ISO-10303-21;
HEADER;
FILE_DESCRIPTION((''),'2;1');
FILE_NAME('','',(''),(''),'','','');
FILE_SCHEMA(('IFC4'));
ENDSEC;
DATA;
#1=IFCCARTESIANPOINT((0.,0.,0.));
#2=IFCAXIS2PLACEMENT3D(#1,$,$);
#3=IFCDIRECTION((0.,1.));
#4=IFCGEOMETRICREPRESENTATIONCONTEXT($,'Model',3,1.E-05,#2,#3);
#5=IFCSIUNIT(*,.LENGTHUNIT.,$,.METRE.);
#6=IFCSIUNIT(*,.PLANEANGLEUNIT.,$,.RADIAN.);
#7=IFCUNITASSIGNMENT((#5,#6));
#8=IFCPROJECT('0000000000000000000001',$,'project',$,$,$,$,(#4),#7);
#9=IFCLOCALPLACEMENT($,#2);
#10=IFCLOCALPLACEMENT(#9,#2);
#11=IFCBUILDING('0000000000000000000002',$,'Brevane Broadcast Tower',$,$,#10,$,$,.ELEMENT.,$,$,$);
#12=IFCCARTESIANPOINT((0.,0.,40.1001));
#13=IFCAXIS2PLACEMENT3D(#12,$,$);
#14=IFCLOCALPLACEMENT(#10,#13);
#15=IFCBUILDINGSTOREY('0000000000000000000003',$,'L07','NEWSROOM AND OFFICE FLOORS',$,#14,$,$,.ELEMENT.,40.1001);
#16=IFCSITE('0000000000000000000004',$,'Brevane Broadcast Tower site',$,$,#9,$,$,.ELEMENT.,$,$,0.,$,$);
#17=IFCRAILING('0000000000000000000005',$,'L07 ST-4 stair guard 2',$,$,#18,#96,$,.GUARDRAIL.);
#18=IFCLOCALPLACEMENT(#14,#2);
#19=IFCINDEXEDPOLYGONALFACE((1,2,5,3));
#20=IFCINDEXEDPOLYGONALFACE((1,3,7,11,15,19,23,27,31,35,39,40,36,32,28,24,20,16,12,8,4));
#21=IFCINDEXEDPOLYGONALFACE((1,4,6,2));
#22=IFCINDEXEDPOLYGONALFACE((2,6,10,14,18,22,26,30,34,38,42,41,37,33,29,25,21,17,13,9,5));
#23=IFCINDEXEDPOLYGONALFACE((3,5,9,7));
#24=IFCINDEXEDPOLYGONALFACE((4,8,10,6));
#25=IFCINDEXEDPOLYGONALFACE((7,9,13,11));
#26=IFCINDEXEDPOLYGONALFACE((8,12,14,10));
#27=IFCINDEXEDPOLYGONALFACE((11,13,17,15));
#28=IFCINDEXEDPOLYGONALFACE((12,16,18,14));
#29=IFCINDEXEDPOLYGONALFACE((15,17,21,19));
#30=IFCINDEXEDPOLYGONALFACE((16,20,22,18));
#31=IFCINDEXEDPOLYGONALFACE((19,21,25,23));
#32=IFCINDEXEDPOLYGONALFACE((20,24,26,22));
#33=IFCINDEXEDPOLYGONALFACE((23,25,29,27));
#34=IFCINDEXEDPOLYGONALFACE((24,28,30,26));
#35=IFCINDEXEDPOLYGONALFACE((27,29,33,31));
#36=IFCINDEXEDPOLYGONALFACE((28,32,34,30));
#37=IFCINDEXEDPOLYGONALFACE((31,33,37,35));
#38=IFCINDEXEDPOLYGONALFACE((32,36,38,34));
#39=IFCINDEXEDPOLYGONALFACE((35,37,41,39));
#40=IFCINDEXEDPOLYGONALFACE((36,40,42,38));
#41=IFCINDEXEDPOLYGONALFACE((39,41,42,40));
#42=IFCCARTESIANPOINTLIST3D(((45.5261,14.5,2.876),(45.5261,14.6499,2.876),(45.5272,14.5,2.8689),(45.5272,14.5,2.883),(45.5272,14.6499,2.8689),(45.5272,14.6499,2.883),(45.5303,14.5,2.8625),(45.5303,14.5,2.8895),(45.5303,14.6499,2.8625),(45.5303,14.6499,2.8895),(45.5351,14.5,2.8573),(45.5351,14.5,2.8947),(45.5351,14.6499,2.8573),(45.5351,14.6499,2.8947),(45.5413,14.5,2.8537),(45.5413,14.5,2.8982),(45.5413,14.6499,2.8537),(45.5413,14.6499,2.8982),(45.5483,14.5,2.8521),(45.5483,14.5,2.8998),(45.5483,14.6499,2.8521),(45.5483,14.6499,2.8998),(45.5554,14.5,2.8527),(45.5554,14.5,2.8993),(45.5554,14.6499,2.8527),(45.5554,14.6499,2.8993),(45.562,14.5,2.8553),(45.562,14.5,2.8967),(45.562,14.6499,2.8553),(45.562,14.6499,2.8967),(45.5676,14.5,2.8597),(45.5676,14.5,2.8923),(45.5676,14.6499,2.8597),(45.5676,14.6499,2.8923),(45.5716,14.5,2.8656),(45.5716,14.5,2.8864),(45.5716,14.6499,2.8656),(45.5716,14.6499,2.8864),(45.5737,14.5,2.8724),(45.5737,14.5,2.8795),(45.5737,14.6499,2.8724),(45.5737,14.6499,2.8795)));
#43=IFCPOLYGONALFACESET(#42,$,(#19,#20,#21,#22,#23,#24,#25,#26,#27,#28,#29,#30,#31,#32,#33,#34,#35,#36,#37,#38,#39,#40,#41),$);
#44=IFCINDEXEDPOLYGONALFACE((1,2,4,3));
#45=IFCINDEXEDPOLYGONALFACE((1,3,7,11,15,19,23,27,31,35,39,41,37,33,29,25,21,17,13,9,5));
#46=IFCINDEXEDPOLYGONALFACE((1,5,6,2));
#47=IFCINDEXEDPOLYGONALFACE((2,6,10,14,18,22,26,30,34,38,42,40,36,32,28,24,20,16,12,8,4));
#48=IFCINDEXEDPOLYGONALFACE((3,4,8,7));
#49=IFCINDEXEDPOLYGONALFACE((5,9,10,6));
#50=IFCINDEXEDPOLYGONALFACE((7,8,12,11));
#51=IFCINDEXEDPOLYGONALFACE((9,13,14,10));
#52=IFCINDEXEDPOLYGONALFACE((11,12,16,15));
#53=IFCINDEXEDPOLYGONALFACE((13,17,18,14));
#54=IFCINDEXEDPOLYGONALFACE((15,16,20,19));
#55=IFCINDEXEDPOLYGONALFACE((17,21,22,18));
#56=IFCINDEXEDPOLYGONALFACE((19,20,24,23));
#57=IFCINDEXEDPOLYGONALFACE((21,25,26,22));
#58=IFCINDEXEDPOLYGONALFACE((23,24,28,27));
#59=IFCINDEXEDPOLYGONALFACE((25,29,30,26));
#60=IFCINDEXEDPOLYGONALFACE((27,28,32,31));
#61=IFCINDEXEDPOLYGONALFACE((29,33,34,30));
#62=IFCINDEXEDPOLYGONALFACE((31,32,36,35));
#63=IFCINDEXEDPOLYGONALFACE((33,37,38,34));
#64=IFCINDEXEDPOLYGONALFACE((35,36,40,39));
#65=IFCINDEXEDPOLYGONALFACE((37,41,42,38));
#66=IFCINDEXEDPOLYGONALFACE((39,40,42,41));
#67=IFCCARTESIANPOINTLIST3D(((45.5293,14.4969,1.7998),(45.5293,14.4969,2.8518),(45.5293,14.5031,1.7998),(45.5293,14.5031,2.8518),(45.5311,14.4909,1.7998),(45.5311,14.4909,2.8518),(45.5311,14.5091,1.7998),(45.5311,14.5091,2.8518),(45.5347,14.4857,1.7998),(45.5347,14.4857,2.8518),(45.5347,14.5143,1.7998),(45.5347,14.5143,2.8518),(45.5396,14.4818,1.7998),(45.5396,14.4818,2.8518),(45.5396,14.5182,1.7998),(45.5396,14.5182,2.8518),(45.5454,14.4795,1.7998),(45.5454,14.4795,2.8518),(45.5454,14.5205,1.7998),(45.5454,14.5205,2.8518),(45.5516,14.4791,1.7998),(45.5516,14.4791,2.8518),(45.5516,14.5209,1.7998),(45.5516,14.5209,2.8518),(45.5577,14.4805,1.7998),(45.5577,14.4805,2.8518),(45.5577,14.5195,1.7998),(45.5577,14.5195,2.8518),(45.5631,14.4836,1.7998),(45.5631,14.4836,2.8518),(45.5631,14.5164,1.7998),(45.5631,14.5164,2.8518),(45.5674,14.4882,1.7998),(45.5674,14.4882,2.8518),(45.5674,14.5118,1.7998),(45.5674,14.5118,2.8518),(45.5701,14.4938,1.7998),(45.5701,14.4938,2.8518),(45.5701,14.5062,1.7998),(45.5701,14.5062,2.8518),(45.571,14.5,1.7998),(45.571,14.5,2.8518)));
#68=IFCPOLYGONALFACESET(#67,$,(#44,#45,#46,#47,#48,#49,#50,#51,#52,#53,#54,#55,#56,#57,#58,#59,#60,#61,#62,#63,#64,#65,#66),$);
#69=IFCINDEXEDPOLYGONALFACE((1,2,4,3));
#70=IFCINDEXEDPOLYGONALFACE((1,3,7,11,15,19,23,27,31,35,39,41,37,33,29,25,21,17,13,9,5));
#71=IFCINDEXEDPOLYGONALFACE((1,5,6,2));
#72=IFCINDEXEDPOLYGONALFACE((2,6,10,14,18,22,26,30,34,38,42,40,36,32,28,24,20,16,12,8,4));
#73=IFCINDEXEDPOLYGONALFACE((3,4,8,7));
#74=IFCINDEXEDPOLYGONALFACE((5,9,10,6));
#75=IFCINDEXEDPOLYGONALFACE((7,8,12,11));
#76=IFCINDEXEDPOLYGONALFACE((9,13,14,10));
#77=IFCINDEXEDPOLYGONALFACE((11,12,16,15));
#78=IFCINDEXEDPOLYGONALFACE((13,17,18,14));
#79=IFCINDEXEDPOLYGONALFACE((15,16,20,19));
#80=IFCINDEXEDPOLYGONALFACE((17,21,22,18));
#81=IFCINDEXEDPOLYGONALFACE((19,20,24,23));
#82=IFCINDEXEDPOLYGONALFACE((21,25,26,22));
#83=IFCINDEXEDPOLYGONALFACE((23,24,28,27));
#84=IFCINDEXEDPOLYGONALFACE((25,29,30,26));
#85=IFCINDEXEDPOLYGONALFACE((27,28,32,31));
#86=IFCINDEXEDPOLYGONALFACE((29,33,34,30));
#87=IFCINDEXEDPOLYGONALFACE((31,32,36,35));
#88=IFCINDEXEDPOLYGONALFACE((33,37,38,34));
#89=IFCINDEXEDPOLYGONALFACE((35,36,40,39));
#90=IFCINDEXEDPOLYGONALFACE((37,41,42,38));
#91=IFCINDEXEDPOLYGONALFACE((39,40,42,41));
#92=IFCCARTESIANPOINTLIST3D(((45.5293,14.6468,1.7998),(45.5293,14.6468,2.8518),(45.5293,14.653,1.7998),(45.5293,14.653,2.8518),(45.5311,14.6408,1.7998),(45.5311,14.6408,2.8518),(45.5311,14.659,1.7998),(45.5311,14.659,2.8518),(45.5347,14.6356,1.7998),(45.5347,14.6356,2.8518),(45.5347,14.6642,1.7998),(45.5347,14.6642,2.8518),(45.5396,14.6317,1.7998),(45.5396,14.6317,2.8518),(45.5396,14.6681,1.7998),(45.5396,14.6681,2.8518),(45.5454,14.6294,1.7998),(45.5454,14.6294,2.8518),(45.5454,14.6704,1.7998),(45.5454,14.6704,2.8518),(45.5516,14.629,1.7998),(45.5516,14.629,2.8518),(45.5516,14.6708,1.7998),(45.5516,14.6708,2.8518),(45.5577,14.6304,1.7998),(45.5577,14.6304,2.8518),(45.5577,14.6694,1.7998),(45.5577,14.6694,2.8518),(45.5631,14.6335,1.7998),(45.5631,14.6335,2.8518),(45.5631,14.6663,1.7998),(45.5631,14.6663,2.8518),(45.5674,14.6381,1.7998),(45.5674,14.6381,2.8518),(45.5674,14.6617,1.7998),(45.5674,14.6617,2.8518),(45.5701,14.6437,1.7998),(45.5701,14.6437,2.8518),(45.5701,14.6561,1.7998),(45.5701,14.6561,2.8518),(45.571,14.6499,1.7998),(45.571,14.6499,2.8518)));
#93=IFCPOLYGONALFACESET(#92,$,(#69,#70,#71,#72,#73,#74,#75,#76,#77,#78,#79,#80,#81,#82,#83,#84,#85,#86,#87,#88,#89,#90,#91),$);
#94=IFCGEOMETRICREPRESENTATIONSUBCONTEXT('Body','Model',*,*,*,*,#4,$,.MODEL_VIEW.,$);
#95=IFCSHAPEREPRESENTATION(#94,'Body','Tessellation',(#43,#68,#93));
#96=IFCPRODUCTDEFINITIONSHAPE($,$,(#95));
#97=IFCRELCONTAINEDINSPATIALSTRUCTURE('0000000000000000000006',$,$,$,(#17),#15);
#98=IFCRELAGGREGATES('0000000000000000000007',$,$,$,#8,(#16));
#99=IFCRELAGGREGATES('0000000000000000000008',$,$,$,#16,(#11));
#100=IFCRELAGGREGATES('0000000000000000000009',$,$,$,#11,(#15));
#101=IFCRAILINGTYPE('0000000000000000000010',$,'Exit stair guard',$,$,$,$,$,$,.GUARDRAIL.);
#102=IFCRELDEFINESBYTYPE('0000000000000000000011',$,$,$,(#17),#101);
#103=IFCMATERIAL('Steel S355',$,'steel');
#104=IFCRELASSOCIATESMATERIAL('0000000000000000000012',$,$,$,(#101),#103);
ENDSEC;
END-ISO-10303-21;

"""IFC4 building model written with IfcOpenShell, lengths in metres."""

from ifc_helpers import new_model, si_unit, direction, frame, origin, origin_2d, place, context, subcontext, project, spatial, circle, extrude, material, type_object, element, save


model = new_model("IFC4")

# Units and contexts
model_context = context("Model", 3, precision=1e-05, world=origin(), true_north=direction((0.0, 1.0)))
body_context = subcontext(model_context, "Body", "Model", "MODEL_VIEW")
ifc_project = project(units=[si_unit("LENGTHUNIT", "METRE"), si_unit("PLANEANGLEUNIT", "RADIAN")], contexts=[model_context])

# Site, building, storey
site_placement = place(None, origin())
site = spatial("IfcSite", under=ifc_project, at=site_placement, Name="Brevane Broadcast Tower site", CompositionType="ELEMENT", RefElevation=0.0)
building_placement = place(site_placement, origin())
building = spatial("IfcBuilding", under=site, at=building_placement, Name="Brevane Broadcast Tower", CompositionType="ELEMENT")
storey_placement = place(building_placement, frame((0.0, 0.0, 40.1001)))
storey = spatial("IfcBuildingStorey", under=building, at=storey_placement, Name="L07", Description="NEWSROOM AND OFFICE FLOORS", CompositionType="ELEMENT", Elevation=40.1001)

# Railing
ifc_material_1 = material(Name="Steel S355", Category="steel")
railing_type_1 = type_object("IfcRailingType", Name="Exit stair guard", PredefinedType="GUARDRAIL", material=ifc_material_1)
railing_1_placement = place(storey_placement, frame((45.55, 14.5, 1.7998)))
element("IfcRailing", 1, at=railing_1_placement, inside=storey, type_object=railing_type_1, Name="L07 ST-4 stair guard 2", PredefinedType="GUARDRAIL", context=body_context, shape_type="SweptSolid", body=[
    extrude(circle(Radius=0.0239, at=origin_2d()), frame((0.0, 0.0, 1.0762), z_axis=(0.0, 1.0, 0.0), x_axis=(-1.0, 0.0, 0.0)), (0.0, 0.0, 1.0), 0.1499),
    extrude(circle(Radius=0.021, at=origin_2d()), origin(), (0.0, 0.0, 1.0), 1.052),
    extrude(circle(Radius=0.021, at=origin_2d()), frame((0.0, 0.1499, 0.0)), (0.0, 0.0, 1.0), 1.052),
])

save(model, "model.ifc")
